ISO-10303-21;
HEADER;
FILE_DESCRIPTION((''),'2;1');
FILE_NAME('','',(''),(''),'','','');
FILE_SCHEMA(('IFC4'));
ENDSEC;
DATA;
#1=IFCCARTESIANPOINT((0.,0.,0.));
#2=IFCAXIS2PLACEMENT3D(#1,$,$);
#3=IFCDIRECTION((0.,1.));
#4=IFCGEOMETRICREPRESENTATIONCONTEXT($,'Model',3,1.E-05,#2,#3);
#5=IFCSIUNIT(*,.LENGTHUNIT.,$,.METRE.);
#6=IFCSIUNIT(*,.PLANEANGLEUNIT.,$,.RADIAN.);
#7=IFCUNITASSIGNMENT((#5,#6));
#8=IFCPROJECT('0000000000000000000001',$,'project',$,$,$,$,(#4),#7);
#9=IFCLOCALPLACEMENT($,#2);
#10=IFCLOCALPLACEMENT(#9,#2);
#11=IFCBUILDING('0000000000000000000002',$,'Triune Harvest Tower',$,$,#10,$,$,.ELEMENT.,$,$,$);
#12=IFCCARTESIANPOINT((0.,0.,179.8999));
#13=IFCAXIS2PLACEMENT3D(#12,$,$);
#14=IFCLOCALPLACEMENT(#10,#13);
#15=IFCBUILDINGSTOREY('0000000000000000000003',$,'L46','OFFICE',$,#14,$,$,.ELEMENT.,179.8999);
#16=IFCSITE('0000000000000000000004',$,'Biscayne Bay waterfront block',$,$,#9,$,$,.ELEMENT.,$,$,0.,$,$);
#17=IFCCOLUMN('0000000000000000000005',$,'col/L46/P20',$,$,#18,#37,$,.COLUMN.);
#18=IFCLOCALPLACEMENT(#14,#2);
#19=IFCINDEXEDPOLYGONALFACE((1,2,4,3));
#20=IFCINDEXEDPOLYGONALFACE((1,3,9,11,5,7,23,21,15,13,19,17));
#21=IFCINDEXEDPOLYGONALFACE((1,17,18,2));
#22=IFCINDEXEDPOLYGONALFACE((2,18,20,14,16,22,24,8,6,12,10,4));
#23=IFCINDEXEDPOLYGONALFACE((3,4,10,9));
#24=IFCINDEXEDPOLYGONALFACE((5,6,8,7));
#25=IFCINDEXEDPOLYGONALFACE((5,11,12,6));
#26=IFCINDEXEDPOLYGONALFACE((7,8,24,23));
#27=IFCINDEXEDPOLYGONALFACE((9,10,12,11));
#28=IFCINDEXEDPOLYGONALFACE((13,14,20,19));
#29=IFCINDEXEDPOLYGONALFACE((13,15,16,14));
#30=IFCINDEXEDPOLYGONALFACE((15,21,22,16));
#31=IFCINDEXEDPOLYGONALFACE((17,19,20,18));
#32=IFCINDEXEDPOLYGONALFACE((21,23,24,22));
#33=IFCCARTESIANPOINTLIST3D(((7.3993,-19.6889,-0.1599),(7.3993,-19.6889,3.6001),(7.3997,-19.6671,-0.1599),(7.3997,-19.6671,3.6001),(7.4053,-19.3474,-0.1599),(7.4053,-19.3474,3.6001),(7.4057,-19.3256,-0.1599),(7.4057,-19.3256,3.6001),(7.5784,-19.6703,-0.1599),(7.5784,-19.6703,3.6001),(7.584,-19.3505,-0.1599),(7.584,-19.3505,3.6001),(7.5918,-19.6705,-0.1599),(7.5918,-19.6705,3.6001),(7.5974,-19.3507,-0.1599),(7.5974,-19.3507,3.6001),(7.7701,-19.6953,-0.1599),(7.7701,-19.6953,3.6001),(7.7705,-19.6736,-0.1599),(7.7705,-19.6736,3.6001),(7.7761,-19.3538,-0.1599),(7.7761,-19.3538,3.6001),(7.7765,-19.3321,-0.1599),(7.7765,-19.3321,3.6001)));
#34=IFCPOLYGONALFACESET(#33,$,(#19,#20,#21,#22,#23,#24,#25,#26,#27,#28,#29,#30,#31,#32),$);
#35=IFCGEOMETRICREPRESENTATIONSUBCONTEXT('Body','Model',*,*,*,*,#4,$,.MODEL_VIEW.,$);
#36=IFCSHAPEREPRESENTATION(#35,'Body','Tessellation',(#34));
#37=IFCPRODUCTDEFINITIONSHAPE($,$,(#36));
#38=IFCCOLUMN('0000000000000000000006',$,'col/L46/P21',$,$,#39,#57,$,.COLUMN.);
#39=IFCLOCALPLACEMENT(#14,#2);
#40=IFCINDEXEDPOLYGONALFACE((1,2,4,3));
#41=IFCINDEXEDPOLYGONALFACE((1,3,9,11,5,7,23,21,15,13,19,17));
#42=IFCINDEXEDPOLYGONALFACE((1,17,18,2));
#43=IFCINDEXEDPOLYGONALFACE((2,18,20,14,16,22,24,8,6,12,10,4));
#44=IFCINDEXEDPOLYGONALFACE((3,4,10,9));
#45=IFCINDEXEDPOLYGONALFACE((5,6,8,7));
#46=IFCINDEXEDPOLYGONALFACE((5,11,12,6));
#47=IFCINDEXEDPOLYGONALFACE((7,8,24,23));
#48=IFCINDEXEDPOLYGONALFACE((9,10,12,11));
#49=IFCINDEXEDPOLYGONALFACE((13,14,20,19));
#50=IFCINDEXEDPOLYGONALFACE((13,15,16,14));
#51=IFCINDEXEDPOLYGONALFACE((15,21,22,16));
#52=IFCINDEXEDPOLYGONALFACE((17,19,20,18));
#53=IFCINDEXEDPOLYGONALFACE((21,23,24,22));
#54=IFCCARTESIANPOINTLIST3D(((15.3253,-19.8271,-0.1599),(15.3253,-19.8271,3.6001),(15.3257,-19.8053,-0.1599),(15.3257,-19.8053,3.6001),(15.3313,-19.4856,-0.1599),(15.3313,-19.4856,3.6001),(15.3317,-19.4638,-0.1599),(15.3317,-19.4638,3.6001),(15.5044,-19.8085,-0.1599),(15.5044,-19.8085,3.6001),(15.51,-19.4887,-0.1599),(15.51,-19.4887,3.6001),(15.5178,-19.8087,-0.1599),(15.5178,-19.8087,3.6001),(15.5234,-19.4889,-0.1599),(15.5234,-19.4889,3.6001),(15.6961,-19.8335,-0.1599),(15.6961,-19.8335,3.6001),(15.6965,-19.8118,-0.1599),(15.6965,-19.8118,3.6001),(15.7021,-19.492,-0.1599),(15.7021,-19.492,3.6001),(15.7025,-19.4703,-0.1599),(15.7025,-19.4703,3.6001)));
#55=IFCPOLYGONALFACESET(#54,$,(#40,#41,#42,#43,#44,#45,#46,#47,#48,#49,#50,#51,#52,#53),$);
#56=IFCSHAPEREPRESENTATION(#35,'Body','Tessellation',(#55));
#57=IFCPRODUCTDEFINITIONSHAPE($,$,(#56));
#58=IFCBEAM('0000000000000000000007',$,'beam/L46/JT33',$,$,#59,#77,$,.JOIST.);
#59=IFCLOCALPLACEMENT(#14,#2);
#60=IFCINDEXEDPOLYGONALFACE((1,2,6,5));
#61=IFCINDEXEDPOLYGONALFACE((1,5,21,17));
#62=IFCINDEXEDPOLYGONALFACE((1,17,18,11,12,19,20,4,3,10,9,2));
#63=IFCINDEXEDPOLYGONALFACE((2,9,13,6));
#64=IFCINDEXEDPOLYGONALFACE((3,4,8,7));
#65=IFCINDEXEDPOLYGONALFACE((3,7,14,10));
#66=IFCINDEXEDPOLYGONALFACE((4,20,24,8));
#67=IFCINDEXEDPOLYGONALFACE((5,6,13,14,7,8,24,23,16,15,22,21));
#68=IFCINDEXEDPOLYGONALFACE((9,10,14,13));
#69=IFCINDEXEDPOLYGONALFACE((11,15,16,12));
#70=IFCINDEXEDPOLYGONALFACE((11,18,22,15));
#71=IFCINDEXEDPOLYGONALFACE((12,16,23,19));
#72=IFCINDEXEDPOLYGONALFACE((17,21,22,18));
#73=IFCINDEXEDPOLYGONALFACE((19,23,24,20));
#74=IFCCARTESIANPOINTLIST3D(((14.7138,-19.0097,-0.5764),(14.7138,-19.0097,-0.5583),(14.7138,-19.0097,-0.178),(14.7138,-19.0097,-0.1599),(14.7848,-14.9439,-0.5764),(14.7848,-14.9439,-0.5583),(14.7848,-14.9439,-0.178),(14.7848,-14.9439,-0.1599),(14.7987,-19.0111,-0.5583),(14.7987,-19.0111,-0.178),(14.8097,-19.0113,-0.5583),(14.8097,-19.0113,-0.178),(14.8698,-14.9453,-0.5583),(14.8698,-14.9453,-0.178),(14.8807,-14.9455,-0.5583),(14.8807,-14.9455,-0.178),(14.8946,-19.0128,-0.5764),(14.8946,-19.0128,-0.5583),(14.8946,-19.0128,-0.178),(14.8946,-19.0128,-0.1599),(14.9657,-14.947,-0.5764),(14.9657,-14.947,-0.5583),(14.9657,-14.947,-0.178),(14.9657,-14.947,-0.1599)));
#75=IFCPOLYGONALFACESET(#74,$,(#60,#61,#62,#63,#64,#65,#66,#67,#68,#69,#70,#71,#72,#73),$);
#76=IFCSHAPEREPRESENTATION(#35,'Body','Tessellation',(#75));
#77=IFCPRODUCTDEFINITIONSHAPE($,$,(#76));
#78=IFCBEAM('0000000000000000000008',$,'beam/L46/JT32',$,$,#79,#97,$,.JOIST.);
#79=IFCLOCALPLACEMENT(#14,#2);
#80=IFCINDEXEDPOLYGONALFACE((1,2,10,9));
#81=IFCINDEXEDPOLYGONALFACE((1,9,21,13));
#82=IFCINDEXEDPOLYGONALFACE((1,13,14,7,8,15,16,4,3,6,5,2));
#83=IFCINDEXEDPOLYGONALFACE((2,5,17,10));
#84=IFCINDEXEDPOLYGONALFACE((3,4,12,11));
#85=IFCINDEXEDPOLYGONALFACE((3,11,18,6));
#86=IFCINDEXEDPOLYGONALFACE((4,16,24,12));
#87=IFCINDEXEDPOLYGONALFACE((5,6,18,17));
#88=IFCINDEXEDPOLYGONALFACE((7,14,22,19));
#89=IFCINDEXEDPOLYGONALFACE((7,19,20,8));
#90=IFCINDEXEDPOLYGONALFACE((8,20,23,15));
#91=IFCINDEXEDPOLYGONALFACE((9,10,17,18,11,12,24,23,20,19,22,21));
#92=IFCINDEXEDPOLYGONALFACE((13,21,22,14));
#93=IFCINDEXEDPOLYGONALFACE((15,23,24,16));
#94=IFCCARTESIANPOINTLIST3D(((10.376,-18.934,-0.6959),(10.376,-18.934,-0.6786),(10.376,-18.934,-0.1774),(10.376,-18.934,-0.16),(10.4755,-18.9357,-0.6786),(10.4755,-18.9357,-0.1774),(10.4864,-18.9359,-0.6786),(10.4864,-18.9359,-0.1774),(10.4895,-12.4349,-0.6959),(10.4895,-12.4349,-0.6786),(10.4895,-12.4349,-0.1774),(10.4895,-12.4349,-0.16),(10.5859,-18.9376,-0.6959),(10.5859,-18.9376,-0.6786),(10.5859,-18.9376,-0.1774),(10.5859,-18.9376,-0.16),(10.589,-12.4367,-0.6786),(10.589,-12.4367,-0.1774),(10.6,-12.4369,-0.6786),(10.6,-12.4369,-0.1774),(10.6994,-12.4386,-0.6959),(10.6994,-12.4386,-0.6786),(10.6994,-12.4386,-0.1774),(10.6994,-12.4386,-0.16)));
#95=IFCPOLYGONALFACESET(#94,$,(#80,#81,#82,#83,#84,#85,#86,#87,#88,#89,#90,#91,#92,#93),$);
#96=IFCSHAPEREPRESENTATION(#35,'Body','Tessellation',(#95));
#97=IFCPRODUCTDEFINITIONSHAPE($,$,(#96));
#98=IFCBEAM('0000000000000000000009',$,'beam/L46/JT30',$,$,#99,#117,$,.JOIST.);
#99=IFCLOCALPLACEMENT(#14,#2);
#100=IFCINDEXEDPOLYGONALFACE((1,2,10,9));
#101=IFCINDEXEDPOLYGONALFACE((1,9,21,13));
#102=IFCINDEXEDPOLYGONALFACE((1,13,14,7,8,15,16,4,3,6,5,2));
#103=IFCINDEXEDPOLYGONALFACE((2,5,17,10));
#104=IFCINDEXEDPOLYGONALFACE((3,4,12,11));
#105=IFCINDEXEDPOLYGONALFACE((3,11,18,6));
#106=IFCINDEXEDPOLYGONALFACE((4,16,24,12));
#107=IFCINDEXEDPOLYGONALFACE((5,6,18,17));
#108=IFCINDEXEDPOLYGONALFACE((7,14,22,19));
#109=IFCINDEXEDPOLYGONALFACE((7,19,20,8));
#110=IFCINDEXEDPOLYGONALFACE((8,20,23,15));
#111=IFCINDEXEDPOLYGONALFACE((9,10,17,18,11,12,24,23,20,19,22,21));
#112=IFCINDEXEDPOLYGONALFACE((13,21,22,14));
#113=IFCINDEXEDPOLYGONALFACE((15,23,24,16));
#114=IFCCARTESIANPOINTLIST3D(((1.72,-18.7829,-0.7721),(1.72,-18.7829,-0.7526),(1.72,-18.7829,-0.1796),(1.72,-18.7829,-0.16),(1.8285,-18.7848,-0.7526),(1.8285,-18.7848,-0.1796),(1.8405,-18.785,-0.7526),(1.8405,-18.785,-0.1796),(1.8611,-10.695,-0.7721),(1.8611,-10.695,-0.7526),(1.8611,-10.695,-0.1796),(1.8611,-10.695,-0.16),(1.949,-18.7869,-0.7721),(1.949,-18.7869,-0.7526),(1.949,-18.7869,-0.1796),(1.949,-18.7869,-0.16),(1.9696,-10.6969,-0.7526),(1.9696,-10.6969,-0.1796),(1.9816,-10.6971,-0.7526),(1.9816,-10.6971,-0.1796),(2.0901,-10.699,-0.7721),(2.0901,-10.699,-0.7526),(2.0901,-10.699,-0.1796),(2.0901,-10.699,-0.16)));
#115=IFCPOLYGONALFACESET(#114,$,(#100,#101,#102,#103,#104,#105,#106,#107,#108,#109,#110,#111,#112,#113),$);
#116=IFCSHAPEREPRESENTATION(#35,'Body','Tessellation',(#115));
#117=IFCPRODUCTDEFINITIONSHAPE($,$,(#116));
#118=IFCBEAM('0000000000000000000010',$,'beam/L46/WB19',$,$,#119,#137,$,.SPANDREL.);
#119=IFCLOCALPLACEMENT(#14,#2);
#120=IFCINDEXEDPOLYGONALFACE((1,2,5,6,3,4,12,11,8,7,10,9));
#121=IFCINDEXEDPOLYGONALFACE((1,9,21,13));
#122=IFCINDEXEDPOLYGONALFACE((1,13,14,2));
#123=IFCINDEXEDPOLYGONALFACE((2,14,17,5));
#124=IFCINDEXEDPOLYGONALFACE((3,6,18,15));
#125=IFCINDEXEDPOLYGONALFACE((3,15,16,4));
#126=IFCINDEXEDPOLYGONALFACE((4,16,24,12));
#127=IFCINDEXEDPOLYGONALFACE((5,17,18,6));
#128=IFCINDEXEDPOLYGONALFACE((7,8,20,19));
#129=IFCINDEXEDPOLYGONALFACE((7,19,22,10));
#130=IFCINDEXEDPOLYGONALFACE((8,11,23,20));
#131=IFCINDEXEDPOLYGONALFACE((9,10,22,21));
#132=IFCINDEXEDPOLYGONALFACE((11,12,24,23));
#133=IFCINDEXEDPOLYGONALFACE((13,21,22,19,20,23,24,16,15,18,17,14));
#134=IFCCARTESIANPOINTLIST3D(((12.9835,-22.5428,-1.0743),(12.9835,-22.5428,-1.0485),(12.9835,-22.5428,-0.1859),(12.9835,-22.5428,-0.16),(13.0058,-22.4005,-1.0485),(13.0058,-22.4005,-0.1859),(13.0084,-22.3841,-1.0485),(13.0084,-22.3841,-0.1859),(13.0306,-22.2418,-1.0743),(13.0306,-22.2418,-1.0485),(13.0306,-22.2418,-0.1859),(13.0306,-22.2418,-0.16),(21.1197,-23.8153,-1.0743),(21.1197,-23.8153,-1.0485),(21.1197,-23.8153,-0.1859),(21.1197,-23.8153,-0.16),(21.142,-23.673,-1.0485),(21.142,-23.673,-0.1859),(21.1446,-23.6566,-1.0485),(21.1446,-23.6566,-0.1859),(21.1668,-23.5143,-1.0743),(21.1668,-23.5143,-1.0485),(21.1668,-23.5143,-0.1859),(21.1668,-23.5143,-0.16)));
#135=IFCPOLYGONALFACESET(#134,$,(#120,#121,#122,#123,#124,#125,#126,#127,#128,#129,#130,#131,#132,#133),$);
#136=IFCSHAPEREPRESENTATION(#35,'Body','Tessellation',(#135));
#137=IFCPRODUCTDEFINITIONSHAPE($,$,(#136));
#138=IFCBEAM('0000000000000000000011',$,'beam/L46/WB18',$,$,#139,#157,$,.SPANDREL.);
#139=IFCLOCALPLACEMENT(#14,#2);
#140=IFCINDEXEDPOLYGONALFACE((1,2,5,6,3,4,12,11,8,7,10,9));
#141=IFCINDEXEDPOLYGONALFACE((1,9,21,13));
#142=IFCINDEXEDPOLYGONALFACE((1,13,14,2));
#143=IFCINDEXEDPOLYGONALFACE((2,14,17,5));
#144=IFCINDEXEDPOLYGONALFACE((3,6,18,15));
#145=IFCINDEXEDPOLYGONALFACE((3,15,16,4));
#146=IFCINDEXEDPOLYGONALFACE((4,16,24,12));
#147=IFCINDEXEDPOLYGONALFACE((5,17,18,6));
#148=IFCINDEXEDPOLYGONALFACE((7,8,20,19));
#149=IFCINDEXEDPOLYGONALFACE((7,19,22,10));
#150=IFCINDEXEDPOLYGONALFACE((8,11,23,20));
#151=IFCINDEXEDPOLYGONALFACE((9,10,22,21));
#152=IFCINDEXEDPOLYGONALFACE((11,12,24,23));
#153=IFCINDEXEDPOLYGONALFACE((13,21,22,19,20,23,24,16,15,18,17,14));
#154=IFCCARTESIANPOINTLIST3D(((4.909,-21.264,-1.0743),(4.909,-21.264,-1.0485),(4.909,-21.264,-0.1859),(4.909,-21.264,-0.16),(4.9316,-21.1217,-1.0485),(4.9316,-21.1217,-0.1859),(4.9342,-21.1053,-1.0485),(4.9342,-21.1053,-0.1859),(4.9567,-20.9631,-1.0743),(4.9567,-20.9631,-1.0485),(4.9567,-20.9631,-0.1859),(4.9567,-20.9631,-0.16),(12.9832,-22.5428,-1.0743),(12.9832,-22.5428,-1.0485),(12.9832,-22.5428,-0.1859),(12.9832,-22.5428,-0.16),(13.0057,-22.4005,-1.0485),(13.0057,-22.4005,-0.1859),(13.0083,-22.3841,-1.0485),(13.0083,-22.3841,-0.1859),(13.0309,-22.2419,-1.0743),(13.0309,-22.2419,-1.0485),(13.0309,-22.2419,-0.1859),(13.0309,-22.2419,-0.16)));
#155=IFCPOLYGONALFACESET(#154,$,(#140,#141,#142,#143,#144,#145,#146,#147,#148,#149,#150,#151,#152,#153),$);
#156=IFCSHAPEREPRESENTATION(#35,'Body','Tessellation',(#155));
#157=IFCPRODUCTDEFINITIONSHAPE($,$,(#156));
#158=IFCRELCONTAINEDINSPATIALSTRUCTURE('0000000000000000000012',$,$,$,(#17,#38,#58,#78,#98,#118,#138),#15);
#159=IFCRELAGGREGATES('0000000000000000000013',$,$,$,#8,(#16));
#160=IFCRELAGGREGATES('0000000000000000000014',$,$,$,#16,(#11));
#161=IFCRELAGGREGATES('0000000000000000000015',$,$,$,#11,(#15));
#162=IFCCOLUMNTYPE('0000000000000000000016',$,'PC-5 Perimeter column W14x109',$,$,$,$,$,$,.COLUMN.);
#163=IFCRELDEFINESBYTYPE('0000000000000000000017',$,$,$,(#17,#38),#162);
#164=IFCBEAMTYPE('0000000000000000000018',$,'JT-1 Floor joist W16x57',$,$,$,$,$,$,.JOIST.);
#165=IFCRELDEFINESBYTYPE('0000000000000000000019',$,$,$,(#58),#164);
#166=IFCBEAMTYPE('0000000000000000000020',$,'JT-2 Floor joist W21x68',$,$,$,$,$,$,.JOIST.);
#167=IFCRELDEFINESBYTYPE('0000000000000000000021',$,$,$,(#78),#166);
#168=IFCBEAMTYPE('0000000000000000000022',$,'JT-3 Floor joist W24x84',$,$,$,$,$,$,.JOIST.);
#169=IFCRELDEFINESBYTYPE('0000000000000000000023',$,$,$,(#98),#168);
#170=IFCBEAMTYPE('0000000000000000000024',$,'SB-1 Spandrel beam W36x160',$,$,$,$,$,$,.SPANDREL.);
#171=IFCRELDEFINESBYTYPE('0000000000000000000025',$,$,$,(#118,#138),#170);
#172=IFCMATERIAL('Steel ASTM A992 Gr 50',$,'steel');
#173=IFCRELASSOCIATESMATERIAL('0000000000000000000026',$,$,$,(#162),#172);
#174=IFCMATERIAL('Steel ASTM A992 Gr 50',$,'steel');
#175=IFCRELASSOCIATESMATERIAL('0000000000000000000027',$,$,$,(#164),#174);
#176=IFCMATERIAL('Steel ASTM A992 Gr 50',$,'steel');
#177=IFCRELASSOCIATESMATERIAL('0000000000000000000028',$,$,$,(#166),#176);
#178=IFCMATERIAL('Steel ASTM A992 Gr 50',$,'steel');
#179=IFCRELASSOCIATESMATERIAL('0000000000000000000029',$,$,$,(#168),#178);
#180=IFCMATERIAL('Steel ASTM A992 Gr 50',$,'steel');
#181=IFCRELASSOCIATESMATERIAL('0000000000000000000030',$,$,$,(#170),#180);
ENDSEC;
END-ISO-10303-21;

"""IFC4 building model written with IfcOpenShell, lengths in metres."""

from ifc_helpers import new_model, si_unit, direction, frame, origin, origin_2d, place, context, subcontext, project, spatial, i_section, extrude, source, transform, mapped, material, material_profile, profile_set, type_object, element, save


model = new_model("IFC4")

# Units and contexts
model_context = context("Model", 3, precision=1e-05, world=origin(), true_north=direction((0.0, 1.0)))
body_context = subcontext(model_context, "Body", "Model", "MODEL_VIEW")
ifc_project = project(units=[si_unit("LENGTHUNIT", "METRE"), si_unit("PLANEANGLEUNIT", "RADIAN")], contexts=[model_context])

# Site, building, storey
site_placement = place(None, origin())
site = spatial("IfcSite", under=ifc_project, at=site_placement, Name="Biscayne Bay waterfront block", CompositionType="ELEMENT", RefElevation=0.0)
building_placement = place(site_placement, origin())
building = spatial("IfcBuilding", under=site, at=building_placement, Name="Triune Harvest Tower", CompositionType="ELEMENT")
storey_placement = place(building_placement, frame((0.0, 0.0, 179.8999)))
storey = spatial("IfcBuildingStorey", under=building, at=storey_placement, Name="L46", Description="OFFICE", CompositionType="ELEMENT", Elevation=179.8999)

# Columns
ifc_material_1 = material(Name="Steel ASTM A992 Gr 50", Category="steel")
ifc_material_profile_1 = material_profile(ifc_material_1, i_section(OverallWidth=0.3708, OverallDepth=0.3633, WebThickness=0.0134, FlangeThickness=0.0217, at=origin_2d()), Name="W14x109")
ifc_profile_set_1 = profile_set([ifc_material_profile_1], Name="Steel ASTM A992 Gr 50")
column_type = type_object("IfcColumnType", Name="PC-5 Perimeter column W14x109", PredefinedType="COLUMN", material=ifc_profile_set_1)
shared_shape_1 = source(origin(), body_context, "Body", "SweptSolid", [
    extrude(i_section(OverallWidth=0.3708, OverallDepth=0.3633, WebThickness=0.0134, FlangeThickness=0.0217, at=origin_2d()), origin(), (0.0, 0.0, 1.0), 3.76),
])
for number, where, z_axis, x_axis, name in (
    (1, (7.5879, -19.5105, -0.1599), (0.0, 0.0, 1.0), (0.999848, -0.017452, 0.0), "col/L46/P20"),
    (2, (15.5139, -19.6487, -0.1599), (0.0, 0.0, 1.0), (0.999848, -0.017452, 0.0), "col/L46/P21"),
):
    element("IfcColumn", number, at=place(storey_placement, frame(where, z_axis=z_axis, x_axis=x_axis)), inside=storey, type_object=column_type, Name=name, PredefinedType="COLUMN", context=body_context, shape_type="MappedRepresentation", body=[
        mapped(shared_shape_1, transform((0.0, 0.0, 0.0), scale=1.0)),
    ])

# Beams
ifc_material_2 = material(Name="Steel ASTM A992 Gr 50", Category="steel")
ifc_material_profile_2 = material_profile(ifc_material_2, i_section(OverallWidth=0.1809, OverallDepth=0.4165, WebThickness=0.011, FlangeThickness=0.0181, at=origin_2d()), Name="W16x57")
ifc_profile_set_2 = profile_set([ifc_material_profile_2], Name="Steel ASTM A992 Gr 50")
beam_type_1 = type_object("IfcBeamType", Name="JT-1 Floor joist W16x57", PredefinedType="JOIST", material=ifc_profile_set_2)
beam_1_placement = place(storey_placement, frame((14.8042, -19.0112, -0.3682), z_axis=(0.017472, 0.999847, 0.0), x_axis=(-0.999847, 0.017472, 0.0)))
element("IfcBeam", 3, at=beam_1_placement, inside=storey, type_object=beam_type_1, Name="beam/L46/JT33", PredefinedType="JOIST", context=body_context, shape_type="SweptSolid", body=[
    extrude(i_section(OverallWidth=0.1809, OverallDepth=0.4165, WebThickness=0.011, FlangeThickness=0.0181, at=origin_2d()), origin(), (0.0, 0.0, 1.0), 4.0664),
])
ifc_material_3 = material(Name="Steel ASTM A992 Gr 50", Category="steel")
ifc_material_profile_3 = material_profile(ifc_material_3, i_section(OverallWidth=0.21, OverallDepth=0.5359, WebThickness=0.011, FlangeThickness=0.0173, at=origin_2d()), Name="W21x68")
ifc_profile_set_3 = profile_set([ifc_material_profile_3], Name="Steel ASTM A992 Gr 50")
beam_type_2 = type_object("IfcBeamType", Name="JT-2 Floor joist W21x68", PredefinedType="JOIST", material=ifc_profile_set_3)
beam_2_placement = place(storey_placement, frame((10.481, -18.9358, -0.428), z_axis=(0.017465, 0.999847, 0.0), x_axis=(-0.999847, 0.017465, 0.0)))
element("IfcBeam", 4, at=beam_2_placement, inside=storey, type_object=beam_type_2, Name="beam/L46/JT32", PredefinedType="JOIST", context=body_context, shape_type="SweptSolid", body=[
    extrude(i_section(OverallWidth=0.21, OverallDepth=0.5359, WebThickness=0.011, FlangeThickness=0.0173, at=origin_2d()), origin(), (0.0, 0.0, 1.0), 6.5),
])
ifc_material_4 = material(Name="Steel ASTM A992 Gr 50", Category="steel")
ifc_material_profile_4 = material_profile(ifc_material_4, i_section(OverallWidth=0.229, OverallDepth=0.6121, WebThickness=0.012, FlangeThickness=0.0195, at=origin_2d()), Name="W24x84")
ifc_profile_set_4 = profile_set([ifc_material_profile_4], Name="Steel ASTM A992 Gr 50")
beam_type_3 = type_object("IfcBeamType", Name="JT-3 Floor joist W24x84", PredefinedType="JOIST", material=ifc_profile_set_4)
beam_3_placement = place(storey_placement, frame((1.8345, -18.7849, -0.4661), z_axis=(0.017445, 0.999848, 0.0), x_axis=(-0.999848, 0.017445, 0.0)))
element("IfcBeam", 5, at=beam_3_placement, inside=storey, type_object=beam_type_3, Name="beam/L46/JT30", PredefinedType="JOIST", context=body_context, shape_type="SweptSolid", body=[
    extrude(i_section(OverallWidth=0.229, OverallDepth=0.6121, WebThickness=0.012, FlangeThickness=0.0195, at=origin_2d()), origin(), (0.0, 0.0, 1.0), 8.0891),
])
ifc_material_5 = material(Name="Steel ASTM A992 Gr 50", Category="steel")
ifc_material_profile_5 = material_profile(ifc_material_5, i_section(OverallWidth=0.3047, OverallDepth=0.9143, WebThickness=0.0166, FlangeThickness=0.0259, at=origin_2d()), Name="W36x160")
ifc_profile_set_5 = profile_set([ifc_material_profile_5], Name="Steel ASTM A992 Gr 50")
beam_type_4 = type_object("IfcBeamType", Name="SB-1 Spandrel beam W36x160", PredefinedType="SPANDREL", material=ifc_profile_set_5)
shared_shape_2 = source(origin(), body_context, "Body", "SweptSolid", [
    extrude(i_section(OverallWidth=0.3047, OverallDepth=0.9143, WebThickness=0.0166, FlangeThickness=0.0259, at=origin_2d()), origin(), (0.0, 0.0, 1.0), 8.2351),
])
beam_4_placement = place(storey_placement, frame((13.0071, -22.3923, -0.6172), z_axis=(0.98799, -0.154516, 0.0), x_axis=(0.154516, 0.98799, 0.0)))
element("IfcBeam", 6, at=beam_4_placement, inside=storey, type_object=beam_type_4, Name="beam/L46/WB19", PredefinedType="SPANDREL", context=body_context, shape_type="MappedRepresentation", body=[
    mapped(shared_shape_2, transform((0.0, 0.0, 0.0), scale=1.0)),
])
shared_shape_3 = source(origin(), body_context, "Body", "SweptSolid", [
    extrude(i_section(OverallWidth=0.3047, OverallDepth=0.9143, WebThickness=0.0166, FlangeThickness=0.0259, at=origin_2d()), origin(), (0.0, 0.0, 1.0), 8.1748),
])
beam_5_placement = place(storey_placement, frame((4.9329, -21.1135, -0.6172), z_axis=(0.987689, -0.156432, 0.0), x_axis=(0.156432, 0.987689, 0.0)))
element("IfcBeam", 7, at=beam_5_placement, inside=storey, type_object=beam_type_4, Name="beam/L46/WB18", PredefinedType="SPANDREL", context=body_context, shape_type="MappedRepresentation", body=[
    mapped(shared_shape_3, transform((0.0, 0.0, 0.0), scale=1.0)),
])

save(model, "model.ifc")
